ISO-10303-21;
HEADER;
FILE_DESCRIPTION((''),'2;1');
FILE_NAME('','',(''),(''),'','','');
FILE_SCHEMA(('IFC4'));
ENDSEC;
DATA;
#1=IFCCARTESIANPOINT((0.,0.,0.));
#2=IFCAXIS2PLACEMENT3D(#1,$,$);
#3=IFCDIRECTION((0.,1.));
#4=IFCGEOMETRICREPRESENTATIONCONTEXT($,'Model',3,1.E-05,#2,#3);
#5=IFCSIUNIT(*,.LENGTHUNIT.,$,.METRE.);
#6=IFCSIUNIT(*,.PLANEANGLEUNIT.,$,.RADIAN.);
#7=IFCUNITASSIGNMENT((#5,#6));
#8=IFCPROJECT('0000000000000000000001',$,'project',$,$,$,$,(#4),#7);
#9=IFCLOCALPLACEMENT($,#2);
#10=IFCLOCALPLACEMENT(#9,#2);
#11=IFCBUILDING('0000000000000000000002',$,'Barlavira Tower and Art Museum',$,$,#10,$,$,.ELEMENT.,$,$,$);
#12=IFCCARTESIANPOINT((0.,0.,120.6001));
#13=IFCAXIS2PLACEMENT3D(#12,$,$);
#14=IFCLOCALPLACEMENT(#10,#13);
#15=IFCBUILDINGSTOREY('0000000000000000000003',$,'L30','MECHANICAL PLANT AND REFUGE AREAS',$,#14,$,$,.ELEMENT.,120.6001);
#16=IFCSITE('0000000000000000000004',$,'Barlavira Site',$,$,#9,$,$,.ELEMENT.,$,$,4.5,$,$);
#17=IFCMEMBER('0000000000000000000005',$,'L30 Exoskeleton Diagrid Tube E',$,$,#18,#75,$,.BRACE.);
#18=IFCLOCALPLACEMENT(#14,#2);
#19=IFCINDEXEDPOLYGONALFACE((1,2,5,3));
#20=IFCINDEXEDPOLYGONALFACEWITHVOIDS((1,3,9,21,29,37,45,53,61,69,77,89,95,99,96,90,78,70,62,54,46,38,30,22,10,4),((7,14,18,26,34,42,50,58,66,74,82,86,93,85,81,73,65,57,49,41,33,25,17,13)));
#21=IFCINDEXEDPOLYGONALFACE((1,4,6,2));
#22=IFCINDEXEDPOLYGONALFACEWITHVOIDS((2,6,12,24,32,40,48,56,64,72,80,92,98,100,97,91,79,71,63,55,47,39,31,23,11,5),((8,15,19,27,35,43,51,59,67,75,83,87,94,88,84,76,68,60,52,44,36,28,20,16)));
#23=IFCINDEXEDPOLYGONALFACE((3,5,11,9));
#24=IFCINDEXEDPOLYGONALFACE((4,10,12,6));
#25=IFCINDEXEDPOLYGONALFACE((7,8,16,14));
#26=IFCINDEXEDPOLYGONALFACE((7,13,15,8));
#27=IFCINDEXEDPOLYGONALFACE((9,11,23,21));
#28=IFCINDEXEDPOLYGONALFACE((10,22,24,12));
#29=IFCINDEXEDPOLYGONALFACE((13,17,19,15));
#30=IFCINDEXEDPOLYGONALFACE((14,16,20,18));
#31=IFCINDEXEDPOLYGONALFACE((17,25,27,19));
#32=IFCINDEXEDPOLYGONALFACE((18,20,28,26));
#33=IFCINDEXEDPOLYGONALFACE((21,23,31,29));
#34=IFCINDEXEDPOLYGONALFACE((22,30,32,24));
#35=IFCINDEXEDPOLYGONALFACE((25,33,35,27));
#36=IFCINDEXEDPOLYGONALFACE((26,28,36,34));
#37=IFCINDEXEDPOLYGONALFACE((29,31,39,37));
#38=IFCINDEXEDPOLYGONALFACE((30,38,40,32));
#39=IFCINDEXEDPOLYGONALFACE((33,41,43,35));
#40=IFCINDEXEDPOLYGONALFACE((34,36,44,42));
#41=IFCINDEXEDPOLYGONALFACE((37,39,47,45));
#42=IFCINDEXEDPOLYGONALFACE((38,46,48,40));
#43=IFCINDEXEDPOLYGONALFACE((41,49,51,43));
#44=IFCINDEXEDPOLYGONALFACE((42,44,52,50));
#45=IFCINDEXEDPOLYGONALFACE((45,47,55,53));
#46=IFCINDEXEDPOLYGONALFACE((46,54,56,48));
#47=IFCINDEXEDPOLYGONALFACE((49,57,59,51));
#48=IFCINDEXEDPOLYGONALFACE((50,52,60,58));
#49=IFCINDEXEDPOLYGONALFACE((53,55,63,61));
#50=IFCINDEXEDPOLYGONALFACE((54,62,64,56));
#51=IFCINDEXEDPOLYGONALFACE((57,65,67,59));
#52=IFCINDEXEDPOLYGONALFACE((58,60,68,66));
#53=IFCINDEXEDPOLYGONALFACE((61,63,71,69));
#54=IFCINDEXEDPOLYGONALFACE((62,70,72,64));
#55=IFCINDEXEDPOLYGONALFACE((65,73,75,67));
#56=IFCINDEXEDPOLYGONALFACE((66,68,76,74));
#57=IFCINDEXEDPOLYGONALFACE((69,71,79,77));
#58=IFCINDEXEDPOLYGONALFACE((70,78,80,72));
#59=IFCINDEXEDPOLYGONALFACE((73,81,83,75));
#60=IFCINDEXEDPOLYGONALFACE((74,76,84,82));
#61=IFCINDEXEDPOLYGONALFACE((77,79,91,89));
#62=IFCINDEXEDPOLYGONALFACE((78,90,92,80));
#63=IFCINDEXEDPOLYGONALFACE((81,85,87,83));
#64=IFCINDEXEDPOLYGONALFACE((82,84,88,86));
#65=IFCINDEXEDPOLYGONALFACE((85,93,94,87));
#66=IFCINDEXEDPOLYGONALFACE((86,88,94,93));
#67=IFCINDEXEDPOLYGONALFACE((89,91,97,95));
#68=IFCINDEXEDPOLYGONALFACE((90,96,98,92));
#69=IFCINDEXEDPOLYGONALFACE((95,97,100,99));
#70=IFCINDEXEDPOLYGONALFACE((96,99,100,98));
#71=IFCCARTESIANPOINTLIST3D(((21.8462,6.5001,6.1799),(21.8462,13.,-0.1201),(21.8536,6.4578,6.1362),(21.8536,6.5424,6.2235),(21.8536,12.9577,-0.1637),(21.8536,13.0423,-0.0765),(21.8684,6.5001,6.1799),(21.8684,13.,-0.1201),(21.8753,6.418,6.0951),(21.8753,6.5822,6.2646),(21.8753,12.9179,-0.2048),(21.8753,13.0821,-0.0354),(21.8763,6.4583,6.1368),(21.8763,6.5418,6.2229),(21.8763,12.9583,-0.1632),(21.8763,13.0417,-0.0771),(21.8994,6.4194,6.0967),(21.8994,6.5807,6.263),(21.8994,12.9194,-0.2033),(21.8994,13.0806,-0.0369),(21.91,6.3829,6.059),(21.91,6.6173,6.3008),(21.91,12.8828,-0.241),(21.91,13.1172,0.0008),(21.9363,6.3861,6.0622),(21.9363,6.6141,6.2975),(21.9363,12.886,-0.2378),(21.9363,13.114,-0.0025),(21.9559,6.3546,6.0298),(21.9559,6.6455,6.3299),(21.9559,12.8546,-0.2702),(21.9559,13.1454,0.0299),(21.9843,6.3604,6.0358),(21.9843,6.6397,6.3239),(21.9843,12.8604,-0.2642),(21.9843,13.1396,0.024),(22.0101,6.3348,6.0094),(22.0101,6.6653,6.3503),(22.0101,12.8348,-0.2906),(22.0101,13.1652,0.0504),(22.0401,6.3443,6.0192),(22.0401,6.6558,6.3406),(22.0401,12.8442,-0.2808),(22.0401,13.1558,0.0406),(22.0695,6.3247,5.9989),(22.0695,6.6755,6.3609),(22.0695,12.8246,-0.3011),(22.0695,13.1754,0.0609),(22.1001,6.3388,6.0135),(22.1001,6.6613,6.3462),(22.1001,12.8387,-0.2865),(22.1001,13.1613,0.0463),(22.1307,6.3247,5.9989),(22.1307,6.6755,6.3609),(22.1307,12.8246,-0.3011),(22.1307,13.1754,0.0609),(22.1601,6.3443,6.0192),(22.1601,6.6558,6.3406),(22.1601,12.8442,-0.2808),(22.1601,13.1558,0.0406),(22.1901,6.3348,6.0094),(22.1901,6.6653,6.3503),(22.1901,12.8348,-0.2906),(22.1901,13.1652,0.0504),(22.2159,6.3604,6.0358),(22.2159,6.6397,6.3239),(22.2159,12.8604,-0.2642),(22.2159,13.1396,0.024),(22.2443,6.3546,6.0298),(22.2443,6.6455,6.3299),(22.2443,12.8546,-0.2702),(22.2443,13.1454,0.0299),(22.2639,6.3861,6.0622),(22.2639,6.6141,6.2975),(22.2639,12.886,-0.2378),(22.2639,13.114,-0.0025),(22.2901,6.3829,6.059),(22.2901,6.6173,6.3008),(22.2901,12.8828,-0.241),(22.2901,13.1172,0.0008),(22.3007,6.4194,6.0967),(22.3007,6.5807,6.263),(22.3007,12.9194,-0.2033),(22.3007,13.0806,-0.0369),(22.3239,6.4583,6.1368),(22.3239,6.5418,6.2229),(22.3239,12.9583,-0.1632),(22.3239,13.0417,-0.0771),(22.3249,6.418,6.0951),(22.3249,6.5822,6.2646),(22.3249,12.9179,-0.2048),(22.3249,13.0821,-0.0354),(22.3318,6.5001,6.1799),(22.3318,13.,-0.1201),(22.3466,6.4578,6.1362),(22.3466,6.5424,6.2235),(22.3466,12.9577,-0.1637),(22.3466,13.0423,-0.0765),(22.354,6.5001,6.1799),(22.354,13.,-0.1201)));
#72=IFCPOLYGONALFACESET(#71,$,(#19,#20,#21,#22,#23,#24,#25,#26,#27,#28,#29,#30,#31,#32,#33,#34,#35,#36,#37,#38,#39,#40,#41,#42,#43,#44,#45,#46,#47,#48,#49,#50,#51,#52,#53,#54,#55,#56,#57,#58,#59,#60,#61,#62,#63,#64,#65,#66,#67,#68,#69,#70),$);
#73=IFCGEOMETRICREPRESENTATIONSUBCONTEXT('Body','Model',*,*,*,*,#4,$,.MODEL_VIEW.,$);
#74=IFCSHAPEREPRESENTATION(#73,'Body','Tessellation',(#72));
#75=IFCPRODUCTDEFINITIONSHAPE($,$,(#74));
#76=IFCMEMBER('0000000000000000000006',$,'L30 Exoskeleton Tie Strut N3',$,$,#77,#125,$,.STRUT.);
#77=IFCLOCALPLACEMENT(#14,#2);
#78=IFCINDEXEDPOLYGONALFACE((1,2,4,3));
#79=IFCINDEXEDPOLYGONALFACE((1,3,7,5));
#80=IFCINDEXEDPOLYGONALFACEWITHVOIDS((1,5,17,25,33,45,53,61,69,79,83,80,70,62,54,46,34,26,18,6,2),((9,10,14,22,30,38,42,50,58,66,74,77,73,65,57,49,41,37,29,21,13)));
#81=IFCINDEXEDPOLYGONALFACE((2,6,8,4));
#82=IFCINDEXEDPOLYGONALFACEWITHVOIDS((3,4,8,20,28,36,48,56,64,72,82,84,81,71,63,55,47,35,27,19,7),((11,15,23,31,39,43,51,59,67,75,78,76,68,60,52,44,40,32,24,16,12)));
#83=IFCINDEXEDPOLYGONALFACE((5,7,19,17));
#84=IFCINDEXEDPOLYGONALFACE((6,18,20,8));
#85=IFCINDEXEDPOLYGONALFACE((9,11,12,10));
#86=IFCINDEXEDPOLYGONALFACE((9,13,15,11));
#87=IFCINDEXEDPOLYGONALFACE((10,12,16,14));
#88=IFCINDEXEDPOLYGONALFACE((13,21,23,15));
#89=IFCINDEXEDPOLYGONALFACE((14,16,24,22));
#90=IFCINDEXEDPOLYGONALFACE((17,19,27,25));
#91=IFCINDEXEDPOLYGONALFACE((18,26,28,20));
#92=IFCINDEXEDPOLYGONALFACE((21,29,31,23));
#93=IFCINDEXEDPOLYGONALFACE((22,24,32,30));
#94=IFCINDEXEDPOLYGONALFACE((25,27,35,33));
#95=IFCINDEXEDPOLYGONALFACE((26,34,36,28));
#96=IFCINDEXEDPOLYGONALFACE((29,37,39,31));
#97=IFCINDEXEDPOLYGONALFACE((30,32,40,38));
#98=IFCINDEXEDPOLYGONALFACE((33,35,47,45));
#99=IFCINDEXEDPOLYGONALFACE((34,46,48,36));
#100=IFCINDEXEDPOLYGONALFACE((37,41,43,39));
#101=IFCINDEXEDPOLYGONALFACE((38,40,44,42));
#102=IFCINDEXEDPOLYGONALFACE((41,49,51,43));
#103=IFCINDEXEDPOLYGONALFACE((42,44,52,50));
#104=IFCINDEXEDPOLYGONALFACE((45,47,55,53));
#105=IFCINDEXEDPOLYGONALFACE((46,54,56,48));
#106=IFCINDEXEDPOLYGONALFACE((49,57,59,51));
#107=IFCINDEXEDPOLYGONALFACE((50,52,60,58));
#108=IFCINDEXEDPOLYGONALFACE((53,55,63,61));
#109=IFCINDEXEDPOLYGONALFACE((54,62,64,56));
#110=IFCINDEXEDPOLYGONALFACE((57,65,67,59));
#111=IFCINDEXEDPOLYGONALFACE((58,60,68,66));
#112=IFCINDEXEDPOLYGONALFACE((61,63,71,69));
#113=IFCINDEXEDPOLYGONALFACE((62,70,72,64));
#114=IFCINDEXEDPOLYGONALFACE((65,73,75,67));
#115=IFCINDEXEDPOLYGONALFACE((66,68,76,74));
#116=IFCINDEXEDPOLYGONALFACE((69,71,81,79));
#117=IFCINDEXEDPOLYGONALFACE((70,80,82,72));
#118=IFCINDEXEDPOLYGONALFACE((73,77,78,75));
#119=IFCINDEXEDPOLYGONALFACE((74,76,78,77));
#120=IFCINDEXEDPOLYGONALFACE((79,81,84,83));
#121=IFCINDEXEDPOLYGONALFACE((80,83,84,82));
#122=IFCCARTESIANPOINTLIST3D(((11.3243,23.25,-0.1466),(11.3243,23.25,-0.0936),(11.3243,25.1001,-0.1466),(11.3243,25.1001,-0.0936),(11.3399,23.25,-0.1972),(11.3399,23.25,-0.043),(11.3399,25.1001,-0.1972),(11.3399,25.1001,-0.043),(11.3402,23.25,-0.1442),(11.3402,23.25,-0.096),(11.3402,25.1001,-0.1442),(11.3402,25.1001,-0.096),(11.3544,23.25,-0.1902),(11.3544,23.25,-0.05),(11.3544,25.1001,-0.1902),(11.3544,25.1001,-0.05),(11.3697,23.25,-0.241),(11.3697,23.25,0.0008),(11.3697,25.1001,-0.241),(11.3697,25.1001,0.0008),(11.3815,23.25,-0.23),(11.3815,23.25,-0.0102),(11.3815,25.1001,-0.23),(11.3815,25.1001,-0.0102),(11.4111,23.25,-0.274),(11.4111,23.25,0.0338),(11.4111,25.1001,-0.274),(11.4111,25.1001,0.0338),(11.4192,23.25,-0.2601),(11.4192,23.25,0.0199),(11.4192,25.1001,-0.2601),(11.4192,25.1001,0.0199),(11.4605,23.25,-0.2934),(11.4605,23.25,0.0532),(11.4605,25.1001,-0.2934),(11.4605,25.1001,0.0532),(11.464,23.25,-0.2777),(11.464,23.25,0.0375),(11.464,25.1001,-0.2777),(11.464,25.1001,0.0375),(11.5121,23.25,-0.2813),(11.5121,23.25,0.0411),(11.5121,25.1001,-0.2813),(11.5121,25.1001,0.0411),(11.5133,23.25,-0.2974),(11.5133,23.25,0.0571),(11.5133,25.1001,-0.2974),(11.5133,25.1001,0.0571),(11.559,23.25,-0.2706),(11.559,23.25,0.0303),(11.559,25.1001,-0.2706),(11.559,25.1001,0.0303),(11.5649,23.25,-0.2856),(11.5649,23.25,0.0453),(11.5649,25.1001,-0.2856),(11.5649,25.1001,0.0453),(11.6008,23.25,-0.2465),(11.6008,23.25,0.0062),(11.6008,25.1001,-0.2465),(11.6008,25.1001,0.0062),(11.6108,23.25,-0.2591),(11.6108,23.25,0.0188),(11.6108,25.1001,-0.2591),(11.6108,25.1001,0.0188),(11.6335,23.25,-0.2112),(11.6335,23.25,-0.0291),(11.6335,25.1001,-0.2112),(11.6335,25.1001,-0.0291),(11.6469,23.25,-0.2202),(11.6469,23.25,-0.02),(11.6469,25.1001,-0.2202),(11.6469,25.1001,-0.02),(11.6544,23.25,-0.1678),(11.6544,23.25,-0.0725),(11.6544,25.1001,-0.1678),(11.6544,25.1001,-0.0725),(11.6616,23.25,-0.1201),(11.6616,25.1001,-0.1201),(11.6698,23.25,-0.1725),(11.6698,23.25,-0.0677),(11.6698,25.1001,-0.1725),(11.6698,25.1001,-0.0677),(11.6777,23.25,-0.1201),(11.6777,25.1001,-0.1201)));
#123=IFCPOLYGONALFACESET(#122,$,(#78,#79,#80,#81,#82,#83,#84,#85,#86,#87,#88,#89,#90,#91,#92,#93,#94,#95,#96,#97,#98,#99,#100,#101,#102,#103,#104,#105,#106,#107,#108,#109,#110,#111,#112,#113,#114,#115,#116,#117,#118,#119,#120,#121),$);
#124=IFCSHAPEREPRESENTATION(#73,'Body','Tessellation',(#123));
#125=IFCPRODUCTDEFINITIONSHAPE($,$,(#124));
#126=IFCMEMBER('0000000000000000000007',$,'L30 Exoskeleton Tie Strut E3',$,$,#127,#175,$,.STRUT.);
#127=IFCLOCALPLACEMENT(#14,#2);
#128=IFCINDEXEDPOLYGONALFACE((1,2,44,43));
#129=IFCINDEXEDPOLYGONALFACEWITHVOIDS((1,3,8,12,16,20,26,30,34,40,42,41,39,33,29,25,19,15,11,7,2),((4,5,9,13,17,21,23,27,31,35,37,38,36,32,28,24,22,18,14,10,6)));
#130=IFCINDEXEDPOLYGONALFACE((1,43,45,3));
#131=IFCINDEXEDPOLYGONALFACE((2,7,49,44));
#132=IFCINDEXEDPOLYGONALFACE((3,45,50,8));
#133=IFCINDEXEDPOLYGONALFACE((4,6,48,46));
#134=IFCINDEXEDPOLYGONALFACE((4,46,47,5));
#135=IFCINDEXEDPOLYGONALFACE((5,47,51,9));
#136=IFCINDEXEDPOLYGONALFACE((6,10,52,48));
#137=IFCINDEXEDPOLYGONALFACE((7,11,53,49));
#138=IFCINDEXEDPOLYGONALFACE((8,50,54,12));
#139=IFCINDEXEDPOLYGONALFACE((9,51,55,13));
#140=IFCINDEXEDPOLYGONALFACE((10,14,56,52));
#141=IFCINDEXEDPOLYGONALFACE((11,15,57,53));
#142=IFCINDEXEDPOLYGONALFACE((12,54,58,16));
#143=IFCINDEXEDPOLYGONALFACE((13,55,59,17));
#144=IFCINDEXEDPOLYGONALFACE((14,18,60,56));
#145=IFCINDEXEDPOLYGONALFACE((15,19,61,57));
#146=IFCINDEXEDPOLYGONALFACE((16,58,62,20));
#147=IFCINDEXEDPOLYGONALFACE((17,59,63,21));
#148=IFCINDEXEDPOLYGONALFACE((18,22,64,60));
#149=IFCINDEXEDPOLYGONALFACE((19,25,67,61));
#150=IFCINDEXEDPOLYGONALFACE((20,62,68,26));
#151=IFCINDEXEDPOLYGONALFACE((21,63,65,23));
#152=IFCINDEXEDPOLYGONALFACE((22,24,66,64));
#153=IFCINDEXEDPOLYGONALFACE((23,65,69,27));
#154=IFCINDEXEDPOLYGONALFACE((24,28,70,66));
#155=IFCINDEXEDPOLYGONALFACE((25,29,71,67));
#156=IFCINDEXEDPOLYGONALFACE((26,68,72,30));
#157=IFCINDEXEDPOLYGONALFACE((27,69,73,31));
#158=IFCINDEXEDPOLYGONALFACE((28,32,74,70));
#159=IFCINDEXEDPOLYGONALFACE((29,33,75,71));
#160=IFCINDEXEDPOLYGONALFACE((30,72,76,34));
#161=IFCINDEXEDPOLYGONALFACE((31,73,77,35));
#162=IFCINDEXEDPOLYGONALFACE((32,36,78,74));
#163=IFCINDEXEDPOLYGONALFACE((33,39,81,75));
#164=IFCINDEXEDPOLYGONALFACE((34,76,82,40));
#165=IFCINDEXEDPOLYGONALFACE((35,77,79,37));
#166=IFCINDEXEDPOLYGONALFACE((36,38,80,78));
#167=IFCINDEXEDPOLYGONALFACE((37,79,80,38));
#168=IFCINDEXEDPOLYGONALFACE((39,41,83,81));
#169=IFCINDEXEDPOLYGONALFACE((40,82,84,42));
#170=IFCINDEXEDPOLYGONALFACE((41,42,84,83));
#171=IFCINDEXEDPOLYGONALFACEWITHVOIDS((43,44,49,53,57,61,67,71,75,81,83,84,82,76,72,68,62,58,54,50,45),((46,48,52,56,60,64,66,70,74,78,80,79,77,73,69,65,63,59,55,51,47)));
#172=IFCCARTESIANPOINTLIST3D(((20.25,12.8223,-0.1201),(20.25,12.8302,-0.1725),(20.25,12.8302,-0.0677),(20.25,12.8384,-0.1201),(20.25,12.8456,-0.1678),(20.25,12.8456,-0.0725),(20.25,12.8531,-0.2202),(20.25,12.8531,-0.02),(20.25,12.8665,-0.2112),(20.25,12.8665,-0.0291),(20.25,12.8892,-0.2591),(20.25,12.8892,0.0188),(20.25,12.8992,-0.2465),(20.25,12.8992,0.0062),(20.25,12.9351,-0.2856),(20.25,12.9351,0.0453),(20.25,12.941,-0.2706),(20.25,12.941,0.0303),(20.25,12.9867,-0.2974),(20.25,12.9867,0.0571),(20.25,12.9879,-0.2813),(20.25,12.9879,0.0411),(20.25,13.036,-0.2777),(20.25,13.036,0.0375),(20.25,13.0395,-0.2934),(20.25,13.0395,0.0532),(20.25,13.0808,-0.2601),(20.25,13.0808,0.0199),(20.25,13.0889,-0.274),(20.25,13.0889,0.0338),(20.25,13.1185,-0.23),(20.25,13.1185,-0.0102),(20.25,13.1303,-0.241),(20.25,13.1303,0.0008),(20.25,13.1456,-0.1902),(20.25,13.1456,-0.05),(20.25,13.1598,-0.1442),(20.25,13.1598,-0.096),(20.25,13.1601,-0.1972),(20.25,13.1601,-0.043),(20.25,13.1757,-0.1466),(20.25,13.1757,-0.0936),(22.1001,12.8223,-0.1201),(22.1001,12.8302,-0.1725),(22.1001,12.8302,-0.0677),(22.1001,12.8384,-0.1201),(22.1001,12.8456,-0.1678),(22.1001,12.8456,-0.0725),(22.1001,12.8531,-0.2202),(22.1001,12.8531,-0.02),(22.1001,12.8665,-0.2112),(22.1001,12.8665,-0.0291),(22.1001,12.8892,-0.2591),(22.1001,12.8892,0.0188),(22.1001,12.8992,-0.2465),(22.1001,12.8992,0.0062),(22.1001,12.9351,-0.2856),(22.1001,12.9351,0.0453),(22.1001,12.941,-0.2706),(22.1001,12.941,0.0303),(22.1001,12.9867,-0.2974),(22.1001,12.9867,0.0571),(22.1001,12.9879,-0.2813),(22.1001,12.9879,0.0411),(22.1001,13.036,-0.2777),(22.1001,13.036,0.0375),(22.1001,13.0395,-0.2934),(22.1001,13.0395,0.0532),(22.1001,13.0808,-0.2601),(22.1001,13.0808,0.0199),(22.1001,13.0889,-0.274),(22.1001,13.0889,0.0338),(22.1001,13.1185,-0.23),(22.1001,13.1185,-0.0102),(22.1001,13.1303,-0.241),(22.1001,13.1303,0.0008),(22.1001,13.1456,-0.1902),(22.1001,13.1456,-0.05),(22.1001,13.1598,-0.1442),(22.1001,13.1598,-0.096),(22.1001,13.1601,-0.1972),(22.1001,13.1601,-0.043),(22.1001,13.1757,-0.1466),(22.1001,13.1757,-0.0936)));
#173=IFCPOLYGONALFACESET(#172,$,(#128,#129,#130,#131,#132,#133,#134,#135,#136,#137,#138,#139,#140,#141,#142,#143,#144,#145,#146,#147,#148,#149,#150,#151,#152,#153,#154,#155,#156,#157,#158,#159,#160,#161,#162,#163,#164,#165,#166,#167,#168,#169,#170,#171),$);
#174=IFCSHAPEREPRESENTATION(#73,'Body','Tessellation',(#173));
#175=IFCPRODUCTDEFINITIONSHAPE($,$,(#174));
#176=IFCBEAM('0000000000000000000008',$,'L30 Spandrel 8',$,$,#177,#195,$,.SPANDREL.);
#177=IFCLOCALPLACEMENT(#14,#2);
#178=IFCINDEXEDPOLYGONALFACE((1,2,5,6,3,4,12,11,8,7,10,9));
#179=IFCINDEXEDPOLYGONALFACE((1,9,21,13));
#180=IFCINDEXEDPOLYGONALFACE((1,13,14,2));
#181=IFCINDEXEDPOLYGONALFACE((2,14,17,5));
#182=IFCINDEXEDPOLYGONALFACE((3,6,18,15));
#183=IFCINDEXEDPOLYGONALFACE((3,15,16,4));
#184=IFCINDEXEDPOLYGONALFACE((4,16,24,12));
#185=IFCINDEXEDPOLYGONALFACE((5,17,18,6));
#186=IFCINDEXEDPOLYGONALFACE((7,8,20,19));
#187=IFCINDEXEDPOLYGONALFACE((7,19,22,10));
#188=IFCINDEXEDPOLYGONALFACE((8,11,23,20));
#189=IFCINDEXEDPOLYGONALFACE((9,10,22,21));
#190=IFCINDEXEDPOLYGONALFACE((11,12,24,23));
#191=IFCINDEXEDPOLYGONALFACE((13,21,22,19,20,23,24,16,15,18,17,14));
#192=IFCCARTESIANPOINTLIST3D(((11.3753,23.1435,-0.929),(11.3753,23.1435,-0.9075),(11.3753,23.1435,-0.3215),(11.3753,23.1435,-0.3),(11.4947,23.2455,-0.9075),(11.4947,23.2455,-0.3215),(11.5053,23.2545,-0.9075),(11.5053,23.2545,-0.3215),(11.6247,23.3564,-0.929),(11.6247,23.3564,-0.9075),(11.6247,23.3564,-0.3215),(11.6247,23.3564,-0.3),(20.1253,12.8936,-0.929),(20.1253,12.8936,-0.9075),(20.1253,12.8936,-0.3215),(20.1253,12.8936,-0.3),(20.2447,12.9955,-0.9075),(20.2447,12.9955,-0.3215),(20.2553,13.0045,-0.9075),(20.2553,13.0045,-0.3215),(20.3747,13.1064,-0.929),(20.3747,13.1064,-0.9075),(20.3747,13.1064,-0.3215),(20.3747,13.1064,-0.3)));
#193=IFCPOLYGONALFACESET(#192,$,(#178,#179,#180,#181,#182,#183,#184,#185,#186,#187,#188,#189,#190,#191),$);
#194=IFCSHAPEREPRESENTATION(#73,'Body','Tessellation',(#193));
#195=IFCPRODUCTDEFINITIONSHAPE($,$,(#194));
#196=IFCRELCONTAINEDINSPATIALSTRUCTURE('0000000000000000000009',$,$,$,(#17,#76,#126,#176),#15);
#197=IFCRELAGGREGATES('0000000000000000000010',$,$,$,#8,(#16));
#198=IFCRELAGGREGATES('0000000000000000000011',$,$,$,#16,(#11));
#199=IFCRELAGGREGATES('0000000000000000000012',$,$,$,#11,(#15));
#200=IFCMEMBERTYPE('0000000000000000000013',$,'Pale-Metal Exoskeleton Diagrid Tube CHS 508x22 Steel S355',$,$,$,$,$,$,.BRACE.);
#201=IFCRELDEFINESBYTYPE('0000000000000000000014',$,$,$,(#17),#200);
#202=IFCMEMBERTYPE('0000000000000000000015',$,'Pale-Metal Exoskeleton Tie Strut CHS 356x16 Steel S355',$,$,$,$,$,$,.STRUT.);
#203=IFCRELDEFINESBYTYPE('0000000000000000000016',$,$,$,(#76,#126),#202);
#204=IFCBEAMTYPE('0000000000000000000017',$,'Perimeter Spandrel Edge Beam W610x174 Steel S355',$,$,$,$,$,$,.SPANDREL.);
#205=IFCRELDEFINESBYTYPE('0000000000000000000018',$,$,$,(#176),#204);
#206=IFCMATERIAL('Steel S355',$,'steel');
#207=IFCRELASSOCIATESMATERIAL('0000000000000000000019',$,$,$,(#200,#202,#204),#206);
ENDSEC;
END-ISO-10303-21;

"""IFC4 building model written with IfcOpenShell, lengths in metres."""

from ifc_helpers import new_model, si_unit, direction, frame, origin, origin_2d, place, context, subcontext, project, spatial, hollow_circle, i_section, extrude, material, material_profile, profile_set, type_object, element, save


model = new_model("IFC4")

# Units and contexts
model_context = context("Model", 3, precision=1e-05, world=origin(), true_north=direction((0.0, 1.0)))
body_context = subcontext(model_context, "Body", "Model", "MODEL_VIEW")
ifc_project = project(units=[si_unit("LENGTHUNIT", "METRE"), si_unit("PLANEANGLEUNIT", "RADIAN")], contexts=[model_context])

# Site, building, storey
site_placement = place(None, origin())
site = spatial("IfcSite", under=ifc_project, at=site_placement, Name="Barlavira Site", CompositionType="ELEMENT", RefElevation=4.5)
building_placement = place(site_placement, origin())
building = spatial("IfcBuilding", under=site, at=building_placement, Name="Barlavira Tower and Art Museum", CompositionType="ELEMENT")
storey_placement = place(building_placement, frame((0.0, 0.0, 120.6001)))
storey = spatial("IfcBuildingStorey", under=building, at=storey_placement, Name="L30", Description="MECHANICAL PLANT AND REFUGE AREAS", CompositionType="ELEMENT", Elevation=120.6001)

# Members
ifc_material_1 = material(Name="Steel S355", Category="steel")
ifc_material_profile_1 = material_profile(ifc_material_1, hollow_circle(Radius=0.2539, WallThickness=0.0222, at=origin_2d()), Name="CHS 508.0x22.2")
ifc_profile_set_1 = profile_set([ifc_material_profile_1], Name="Steel S355")
member_type_1 = type_object("IfcMemberType", Name="Pale-Metal Exoskeleton Diagrid Tube CHS 508x22 Steel S355", PredefinedType="BRACE", material=ifc_profile_set_1)
member_1_placement = place(storey_placement, frame((22.1001, 13.0, -0.1201), z_axis=(0.0, -0.718065, 0.695976), x_axis=(1.0, 0.0, 0.0)))
element("IfcMember", 1, at=member_1_placement, inside=storey, type_object=member_type_1, Name="L30 Exoskeleton Diagrid Tube E", PredefinedType="BRACE", context=body_context, shape_type="SweptSolid", body=[
    extrude(hollow_circle(Radius=0.2539, WallThickness=0.0222, at=origin_2d()), origin(), (0.0, 0.0, 1.0), 9.052),
])
ifc_material_profile_2 = material_profile(ifc_material_1, hollow_circle(Radius=0.1777, WallThickness=0.0161, at=origin_2d()), Name="CHS 355.6x16.0")
ifc_profile_set_2 = profile_set([ifc_material_profile_2], Name="Steel S355")
member_type_2 = type_object("IfcMemberType", Name="Pale-Metal Exoskeleton Tie Strut CHS 356x16 Steel S355", PredefinedType="STRUT", material=ifc_profile_set_2)
for number, where, z_axis, x_axis, name in (
    (2, (11.5, 25.1001, -0.1201), (0.0, -1.0, 0.0), (1.0, 0.0, 0.0), "L30 Exoskeleton Tie Strut N3"),
    (3, (22.1001, 13.0, -0.1201), (-1.0, 0.0, 0.0), (0.0, -1.0, 0.0), "L30 Exoskeleton Tie Strut E3"),
):
    element("IfcMember", number, at=place(storey_placement, frame(where, z_axis=z_axis, x_axis=x_axis)), inside=storey, type_object=member_type_2, Name=name, PredefinedType="STRUT", context=body_context, shape_type="SweptSolid", body=[
        extrude(hollow_circle(Radius=0.1777, WallThickness=0.0161, at=origin_2d()), origin(), (0.0, 0.0, 1.0), 1.8501),
    ])

# Beam
ifc_material_profile_3 = material_profile(ifc_material_1, i_section(OverallWidth=0.3279, OverallDepth=0.6289, WebThickness=0.0139, FlangeThickness=0.0215, at=origin_2d()), Name="W610x174.0")
ifc_profile_set_3 = profile_set([ifc_material_profile_3], Name="Steel S355")
beam_type_1 = type_object("IfcBeamType", Name="Perimeter Spandrel Edge Beam W610x174 Steel S355", PredefinedType="SPANDREL", material=ifc_profile_set_3)
beam_1_placement = place(storey_placement, frame((20.25, 13.0, -0.6145), z_axis=(-0.649262, 0.760565, 0.0), x_axis=(-0.760565, -0.649262, 0.0)))
element("IfcBeam", 4, at=beam_1_placement, inside=storey, type_object=beam_type_1, Name="L30 Spandrel 8", PredefinedType="SPANDREL", context=body_context, shape_type="SweptSolid", body=[
    extrude(i_section(OverallWidth=0.3279, OverallDepth=0.6289, WebThickness=0.0139, FlangeThickness=0.0215, at=origin_2d()), origin(), (0.0, 0.0, 1.0), 13.4768),
])

save(model, "model.ifc")
